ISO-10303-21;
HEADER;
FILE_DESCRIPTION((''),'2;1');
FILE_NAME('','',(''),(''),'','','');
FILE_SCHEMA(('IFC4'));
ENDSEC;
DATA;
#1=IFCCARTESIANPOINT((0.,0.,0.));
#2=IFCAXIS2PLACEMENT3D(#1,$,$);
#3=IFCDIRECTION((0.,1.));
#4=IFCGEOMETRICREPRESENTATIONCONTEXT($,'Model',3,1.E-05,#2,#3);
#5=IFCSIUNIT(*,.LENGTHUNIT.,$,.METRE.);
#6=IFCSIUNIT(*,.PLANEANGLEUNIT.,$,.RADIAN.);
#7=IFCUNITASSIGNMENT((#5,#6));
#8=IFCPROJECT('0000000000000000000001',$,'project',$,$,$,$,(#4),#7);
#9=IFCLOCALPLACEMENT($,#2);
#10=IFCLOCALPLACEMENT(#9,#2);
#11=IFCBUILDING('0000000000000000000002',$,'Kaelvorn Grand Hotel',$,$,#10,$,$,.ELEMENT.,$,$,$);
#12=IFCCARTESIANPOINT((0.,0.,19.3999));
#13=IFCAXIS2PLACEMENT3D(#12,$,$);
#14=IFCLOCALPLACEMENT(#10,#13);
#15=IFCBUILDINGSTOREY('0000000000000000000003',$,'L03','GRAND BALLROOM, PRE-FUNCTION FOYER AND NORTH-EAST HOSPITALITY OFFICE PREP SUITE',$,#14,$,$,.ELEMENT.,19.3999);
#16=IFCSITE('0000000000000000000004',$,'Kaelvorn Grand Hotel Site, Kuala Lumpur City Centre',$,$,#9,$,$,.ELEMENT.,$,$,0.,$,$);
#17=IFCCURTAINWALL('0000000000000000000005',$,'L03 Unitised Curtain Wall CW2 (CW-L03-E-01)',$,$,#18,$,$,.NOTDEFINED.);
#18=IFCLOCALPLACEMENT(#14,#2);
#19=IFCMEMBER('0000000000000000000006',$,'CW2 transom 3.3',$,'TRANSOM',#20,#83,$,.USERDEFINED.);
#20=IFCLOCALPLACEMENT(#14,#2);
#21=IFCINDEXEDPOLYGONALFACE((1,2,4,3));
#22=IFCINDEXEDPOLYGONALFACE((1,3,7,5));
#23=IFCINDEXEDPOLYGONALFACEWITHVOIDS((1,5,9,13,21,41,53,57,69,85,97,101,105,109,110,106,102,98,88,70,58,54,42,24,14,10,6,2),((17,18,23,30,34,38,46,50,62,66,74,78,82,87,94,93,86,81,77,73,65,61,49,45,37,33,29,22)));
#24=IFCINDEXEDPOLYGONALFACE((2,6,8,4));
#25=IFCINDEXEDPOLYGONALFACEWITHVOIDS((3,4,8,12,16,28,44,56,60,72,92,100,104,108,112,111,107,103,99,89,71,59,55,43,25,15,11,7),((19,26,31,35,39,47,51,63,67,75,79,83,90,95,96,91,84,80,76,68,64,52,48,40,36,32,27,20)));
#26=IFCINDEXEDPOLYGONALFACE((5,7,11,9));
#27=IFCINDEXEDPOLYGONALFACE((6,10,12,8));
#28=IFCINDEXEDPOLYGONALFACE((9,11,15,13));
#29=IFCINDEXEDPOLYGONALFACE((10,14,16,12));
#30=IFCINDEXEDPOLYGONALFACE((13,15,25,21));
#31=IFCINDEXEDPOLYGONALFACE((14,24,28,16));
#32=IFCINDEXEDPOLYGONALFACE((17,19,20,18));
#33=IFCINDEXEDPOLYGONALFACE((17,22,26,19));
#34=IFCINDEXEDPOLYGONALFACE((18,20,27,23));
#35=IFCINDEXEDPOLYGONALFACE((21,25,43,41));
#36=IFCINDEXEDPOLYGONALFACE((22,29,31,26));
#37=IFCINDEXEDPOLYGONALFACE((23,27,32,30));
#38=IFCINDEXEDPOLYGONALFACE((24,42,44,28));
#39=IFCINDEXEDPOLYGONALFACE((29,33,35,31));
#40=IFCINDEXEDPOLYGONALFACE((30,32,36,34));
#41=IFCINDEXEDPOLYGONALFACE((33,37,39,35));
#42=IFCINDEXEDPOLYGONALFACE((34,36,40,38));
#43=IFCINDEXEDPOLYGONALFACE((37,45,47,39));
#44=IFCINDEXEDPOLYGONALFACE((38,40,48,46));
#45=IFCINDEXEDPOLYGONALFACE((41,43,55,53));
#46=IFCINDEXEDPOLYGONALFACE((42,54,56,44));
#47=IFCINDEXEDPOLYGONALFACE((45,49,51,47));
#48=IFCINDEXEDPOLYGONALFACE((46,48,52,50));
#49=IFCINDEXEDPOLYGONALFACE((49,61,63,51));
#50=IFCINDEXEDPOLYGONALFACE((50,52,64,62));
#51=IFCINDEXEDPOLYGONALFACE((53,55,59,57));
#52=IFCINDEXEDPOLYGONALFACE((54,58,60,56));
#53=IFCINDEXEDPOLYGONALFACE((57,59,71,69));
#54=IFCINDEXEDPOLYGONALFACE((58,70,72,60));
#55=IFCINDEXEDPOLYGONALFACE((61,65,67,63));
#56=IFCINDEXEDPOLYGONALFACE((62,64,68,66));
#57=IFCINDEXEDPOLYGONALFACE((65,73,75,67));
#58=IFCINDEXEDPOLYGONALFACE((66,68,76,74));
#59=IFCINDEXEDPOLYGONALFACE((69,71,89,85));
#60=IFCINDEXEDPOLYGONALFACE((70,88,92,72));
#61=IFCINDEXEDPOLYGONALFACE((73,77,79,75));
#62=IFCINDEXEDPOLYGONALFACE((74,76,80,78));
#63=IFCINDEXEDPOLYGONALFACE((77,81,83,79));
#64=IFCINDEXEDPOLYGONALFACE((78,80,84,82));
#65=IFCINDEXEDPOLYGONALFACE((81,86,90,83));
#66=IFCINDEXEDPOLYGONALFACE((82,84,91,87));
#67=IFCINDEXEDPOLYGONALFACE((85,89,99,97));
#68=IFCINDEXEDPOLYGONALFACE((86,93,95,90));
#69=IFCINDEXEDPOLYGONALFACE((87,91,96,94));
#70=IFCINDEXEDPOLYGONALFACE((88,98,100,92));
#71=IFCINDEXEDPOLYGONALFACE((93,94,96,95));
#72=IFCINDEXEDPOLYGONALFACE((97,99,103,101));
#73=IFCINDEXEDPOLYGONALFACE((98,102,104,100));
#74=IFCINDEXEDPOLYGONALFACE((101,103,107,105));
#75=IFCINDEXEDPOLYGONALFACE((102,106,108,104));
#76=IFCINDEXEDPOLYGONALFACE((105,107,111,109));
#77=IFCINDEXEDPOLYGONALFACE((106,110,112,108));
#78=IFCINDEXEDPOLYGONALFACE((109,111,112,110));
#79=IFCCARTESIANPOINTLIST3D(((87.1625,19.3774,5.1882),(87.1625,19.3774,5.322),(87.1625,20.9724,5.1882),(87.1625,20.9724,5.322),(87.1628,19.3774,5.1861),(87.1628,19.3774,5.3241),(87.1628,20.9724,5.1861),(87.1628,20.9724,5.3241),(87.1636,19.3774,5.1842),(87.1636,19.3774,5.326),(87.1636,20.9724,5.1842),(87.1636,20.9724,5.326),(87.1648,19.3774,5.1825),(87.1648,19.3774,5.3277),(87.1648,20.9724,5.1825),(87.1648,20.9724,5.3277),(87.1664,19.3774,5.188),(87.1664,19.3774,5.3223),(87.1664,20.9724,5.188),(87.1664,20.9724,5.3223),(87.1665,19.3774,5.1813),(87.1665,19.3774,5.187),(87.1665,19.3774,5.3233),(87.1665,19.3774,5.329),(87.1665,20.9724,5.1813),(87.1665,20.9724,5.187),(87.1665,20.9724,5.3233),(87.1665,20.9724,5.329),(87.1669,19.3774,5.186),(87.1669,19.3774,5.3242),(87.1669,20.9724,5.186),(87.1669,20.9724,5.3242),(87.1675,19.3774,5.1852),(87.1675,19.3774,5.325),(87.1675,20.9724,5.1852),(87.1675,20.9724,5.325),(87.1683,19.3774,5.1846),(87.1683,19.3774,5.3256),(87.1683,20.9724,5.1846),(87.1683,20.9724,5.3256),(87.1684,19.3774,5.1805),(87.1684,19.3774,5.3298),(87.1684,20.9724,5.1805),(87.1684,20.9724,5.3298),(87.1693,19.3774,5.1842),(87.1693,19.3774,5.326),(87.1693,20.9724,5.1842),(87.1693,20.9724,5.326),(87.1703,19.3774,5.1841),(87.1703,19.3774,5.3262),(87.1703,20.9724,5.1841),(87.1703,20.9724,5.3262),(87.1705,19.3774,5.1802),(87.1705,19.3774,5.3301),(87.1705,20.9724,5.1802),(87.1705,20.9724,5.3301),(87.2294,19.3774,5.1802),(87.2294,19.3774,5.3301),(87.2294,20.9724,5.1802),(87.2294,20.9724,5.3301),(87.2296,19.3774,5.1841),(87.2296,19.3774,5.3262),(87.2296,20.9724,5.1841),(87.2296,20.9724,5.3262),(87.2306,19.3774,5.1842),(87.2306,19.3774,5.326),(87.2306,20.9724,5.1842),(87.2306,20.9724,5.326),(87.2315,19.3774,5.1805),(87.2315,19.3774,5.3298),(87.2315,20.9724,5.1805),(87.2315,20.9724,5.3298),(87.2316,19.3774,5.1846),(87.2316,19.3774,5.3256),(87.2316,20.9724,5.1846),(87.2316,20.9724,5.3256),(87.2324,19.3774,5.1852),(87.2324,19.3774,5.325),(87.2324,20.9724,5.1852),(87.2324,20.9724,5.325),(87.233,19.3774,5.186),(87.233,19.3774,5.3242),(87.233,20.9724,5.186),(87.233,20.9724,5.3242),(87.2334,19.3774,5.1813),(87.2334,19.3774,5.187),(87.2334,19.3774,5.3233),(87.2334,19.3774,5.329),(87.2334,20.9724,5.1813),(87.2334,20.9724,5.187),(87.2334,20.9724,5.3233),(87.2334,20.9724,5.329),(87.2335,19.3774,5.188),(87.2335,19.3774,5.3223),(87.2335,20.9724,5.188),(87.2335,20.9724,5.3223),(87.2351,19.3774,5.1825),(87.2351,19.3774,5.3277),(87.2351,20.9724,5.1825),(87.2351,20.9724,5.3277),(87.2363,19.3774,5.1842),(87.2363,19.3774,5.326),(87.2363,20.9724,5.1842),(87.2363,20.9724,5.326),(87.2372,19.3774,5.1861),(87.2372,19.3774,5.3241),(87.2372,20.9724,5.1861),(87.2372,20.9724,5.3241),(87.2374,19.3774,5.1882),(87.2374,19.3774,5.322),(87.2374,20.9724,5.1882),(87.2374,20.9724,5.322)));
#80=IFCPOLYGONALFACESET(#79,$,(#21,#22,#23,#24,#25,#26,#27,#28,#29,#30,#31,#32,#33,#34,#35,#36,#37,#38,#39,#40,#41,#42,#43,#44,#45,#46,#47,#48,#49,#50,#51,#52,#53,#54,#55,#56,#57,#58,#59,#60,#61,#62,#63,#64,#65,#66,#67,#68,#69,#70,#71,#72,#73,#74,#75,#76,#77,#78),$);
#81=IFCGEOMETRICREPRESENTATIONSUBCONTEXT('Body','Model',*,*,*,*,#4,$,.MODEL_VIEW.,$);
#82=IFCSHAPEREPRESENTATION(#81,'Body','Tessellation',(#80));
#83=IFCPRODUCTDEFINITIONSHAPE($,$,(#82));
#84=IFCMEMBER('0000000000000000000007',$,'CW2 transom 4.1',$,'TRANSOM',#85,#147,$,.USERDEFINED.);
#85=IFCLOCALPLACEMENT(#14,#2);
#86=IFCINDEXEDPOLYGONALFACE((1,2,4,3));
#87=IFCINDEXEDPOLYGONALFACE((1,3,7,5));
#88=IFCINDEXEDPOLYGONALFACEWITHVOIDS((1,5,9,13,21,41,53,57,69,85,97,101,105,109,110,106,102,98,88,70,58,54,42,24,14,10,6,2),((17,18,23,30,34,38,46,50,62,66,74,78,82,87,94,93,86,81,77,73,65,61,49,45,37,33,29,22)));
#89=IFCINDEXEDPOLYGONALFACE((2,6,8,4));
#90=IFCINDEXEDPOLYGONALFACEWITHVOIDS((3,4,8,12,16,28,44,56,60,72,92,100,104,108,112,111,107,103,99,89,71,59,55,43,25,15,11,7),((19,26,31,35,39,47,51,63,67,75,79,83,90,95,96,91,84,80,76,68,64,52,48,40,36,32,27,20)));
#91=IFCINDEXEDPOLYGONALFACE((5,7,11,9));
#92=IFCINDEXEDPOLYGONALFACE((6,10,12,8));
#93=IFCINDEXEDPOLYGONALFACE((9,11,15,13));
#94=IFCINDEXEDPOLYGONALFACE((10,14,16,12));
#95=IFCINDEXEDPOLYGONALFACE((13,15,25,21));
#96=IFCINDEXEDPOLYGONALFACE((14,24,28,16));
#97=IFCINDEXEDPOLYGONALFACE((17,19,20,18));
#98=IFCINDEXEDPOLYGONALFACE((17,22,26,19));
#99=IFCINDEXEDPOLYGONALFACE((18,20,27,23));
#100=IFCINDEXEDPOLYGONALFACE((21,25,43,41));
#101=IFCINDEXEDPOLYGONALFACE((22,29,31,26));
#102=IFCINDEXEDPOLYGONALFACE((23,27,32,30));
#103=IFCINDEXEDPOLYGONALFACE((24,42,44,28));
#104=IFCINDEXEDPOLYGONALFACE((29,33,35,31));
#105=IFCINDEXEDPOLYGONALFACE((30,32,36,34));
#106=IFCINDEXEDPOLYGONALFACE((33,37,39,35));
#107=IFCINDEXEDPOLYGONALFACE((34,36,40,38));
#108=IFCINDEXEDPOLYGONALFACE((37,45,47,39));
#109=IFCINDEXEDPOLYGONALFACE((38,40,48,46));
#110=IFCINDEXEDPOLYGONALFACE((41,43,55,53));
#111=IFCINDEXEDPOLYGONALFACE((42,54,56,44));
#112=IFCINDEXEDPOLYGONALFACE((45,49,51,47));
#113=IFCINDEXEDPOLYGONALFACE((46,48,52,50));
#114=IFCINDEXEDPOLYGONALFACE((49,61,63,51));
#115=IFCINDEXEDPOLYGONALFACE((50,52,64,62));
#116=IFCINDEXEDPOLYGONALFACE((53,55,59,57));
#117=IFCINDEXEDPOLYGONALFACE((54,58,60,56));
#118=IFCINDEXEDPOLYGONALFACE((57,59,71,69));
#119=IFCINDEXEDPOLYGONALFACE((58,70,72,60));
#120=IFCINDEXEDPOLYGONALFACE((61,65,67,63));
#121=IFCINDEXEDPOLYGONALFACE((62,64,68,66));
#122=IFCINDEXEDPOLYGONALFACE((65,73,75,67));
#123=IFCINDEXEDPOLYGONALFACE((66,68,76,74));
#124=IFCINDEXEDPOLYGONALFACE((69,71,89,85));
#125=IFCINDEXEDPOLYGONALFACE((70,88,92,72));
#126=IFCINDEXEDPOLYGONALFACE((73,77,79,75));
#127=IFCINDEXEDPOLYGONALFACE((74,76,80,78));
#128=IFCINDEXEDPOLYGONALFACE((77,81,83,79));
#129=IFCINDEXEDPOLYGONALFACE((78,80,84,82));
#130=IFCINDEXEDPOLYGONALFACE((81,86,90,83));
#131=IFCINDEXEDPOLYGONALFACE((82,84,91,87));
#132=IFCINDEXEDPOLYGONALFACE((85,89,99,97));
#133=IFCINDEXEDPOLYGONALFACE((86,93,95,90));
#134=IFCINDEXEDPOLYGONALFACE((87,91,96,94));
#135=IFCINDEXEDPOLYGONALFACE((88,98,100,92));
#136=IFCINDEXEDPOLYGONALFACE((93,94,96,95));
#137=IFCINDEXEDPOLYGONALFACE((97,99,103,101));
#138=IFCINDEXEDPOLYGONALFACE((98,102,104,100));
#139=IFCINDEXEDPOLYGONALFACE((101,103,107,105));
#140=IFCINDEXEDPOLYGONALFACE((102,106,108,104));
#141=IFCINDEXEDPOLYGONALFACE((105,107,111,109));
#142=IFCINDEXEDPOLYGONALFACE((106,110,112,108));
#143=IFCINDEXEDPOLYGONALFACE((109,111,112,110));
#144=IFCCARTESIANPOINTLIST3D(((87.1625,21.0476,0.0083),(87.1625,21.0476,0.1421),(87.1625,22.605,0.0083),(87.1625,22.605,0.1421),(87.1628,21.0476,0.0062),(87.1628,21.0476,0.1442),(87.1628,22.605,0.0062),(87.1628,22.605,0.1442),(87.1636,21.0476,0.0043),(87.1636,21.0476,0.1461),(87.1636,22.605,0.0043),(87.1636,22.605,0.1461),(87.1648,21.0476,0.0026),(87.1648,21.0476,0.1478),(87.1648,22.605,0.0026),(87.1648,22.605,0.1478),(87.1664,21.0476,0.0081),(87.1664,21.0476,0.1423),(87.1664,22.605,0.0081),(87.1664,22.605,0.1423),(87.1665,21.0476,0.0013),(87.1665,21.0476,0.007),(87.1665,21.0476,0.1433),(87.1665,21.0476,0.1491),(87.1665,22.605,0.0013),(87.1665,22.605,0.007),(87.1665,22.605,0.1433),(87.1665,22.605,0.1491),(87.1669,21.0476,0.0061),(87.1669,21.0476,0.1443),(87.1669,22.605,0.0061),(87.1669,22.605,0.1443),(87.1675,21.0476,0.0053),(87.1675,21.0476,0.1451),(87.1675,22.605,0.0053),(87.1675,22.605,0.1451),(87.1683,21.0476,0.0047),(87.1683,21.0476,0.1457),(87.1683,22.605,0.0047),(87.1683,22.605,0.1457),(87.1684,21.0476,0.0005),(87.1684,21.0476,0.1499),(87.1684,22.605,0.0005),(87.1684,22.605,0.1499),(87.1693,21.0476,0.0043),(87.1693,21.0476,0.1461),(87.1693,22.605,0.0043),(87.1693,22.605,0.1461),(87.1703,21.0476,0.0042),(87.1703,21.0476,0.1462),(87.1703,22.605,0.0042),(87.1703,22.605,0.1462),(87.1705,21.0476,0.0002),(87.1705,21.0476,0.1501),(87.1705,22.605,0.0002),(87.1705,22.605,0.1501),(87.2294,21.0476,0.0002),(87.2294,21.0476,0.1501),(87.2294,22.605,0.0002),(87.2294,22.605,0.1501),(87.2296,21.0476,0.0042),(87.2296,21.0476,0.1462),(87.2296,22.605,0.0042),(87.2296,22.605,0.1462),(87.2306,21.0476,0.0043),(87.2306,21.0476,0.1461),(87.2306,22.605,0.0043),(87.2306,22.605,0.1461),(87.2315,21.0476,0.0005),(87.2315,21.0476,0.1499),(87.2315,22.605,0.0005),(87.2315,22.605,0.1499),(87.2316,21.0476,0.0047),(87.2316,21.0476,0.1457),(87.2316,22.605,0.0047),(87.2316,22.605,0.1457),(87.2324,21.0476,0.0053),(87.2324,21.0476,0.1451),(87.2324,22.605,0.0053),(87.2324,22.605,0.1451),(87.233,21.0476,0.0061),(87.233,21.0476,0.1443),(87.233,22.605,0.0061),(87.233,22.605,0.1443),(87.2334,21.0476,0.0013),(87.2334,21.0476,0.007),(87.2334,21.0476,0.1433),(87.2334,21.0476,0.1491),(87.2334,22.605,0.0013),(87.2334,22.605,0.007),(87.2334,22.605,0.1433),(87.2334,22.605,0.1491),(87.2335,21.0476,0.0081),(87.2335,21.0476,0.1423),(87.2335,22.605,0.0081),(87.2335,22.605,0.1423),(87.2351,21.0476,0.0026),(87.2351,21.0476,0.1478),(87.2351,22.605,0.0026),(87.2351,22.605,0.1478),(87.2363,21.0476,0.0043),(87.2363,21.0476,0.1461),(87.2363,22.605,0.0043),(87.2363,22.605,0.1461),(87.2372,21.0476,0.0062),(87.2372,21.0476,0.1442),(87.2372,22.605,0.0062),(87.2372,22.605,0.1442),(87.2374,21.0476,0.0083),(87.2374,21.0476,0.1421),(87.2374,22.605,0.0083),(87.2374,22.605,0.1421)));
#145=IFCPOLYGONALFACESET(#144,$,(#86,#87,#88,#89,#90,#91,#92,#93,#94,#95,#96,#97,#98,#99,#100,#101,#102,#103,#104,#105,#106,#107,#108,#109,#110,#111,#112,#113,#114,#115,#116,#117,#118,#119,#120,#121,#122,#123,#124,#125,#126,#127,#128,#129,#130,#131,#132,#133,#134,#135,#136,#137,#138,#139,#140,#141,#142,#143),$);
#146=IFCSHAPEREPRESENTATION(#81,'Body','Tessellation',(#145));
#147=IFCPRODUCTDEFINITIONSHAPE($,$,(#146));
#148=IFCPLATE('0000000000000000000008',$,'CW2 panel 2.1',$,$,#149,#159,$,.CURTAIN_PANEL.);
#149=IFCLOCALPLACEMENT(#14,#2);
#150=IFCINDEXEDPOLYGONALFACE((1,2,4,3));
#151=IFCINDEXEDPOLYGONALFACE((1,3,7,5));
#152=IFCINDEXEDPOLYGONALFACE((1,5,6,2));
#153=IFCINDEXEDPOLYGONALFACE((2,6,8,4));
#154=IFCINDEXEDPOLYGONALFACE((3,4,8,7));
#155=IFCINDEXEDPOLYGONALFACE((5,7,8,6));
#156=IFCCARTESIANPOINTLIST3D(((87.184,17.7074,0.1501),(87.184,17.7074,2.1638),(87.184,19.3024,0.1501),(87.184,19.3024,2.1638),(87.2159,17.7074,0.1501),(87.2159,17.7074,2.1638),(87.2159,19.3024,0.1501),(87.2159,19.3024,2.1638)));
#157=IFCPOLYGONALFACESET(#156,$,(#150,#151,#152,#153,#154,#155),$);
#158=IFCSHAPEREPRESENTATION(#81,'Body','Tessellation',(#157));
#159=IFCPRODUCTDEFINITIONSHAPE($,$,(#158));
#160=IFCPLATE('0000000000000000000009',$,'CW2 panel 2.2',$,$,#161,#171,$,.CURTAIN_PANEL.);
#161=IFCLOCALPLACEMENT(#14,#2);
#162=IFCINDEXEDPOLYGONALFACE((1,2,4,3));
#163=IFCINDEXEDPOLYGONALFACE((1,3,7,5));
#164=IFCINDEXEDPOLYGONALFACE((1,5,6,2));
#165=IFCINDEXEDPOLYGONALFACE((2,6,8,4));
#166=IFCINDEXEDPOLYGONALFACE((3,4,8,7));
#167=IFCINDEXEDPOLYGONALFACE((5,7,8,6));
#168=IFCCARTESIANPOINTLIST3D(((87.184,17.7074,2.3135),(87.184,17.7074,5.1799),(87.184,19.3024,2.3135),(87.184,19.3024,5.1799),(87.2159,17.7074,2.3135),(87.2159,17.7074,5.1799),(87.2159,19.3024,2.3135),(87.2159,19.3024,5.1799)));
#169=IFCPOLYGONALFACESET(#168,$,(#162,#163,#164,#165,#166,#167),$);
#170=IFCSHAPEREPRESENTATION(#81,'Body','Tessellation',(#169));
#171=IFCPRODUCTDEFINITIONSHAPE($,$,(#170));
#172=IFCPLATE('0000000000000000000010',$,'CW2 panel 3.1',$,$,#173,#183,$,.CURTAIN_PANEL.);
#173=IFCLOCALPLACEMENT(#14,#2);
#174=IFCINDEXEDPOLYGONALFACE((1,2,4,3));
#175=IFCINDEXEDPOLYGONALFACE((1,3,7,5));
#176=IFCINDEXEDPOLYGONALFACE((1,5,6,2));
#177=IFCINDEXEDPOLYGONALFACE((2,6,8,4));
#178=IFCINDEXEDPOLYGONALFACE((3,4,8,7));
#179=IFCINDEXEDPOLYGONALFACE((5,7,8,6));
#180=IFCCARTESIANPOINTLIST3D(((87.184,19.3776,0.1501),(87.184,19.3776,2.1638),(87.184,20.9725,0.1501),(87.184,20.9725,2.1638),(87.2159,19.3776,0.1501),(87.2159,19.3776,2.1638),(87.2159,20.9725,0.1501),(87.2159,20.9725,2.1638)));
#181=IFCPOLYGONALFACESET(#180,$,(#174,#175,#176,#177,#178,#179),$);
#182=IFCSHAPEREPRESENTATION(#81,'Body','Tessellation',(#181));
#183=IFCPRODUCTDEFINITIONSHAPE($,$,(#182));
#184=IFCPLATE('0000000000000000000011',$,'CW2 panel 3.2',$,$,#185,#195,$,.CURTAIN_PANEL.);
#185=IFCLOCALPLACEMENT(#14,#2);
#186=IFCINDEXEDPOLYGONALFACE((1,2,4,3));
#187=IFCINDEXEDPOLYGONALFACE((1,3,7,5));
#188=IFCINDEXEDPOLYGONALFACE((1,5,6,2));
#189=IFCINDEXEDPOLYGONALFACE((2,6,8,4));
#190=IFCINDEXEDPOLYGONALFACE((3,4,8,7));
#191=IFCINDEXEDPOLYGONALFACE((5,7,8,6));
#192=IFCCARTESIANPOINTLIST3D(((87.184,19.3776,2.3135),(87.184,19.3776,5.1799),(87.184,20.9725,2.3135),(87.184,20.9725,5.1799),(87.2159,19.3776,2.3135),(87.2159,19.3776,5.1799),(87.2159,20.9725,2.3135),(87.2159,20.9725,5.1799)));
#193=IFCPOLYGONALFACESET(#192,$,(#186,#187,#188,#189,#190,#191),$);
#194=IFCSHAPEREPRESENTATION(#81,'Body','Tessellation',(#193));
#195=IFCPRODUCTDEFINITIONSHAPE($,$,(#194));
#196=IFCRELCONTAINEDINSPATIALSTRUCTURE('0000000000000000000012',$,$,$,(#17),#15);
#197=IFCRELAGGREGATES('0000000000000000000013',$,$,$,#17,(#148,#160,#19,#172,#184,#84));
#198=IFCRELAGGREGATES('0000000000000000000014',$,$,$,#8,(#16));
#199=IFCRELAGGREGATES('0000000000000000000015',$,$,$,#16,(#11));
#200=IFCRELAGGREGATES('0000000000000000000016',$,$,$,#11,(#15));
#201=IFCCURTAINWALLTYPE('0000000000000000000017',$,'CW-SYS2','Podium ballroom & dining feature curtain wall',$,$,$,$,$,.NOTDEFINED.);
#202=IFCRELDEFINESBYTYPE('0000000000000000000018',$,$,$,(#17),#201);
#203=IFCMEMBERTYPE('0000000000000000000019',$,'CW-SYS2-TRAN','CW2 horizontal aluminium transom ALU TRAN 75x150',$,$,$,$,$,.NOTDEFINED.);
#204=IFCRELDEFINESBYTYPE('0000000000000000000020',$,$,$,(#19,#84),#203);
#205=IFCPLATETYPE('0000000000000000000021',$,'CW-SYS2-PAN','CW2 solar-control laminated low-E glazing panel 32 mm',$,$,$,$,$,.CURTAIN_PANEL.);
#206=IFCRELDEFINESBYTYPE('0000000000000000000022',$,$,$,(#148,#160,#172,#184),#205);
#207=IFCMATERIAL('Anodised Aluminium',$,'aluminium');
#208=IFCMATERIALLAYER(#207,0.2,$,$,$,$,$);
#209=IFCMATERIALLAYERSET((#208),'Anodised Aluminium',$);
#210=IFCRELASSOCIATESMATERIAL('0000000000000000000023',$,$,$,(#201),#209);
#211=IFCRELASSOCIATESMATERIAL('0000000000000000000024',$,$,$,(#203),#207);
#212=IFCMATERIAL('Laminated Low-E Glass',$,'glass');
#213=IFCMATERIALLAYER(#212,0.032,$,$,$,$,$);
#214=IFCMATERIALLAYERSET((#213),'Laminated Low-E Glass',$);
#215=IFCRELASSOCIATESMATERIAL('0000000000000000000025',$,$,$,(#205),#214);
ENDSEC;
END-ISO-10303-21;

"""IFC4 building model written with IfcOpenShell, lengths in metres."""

from ifc_helpers import new_model, si_unit, direction, frame, origin, origin_2d, place, context, subcontext, project, spatial, rectangle, hollow_rectangle, extrude, material, layer, layer_set, material_profile, profile_set, type_object, element, aggregate, save


model = new_model("IFC4")

# Units and contexts
model_context = context("Model", 3, precision=1e-05, world=origin(), true_north=direction((0.0, 1.0)))
body_context = subcontext(model_context, "Body", "Model", "MODEL_VIEW")
ifc_project = project(units=[si_unit("LENGTHUNIT", "METRE"), si_unit("PLANEANGLEUNIT", "RADIAN")], contexts=[model_context])

# Site, building, storey
site_placement = place(None, origin())
site = spatial("IfcSite", under=ifc_project, at=site_placement, Name="Kaelvorn Grand Hotel Site, Kuala Lumpur City Centre", CompositionType="ELEMENT", RefElevation=0.0)
building_placement = place(site_placement, origin())
building = spatial("IfcBuilding", under=site, at=building_placement, Name="Kaelvorn Grand Hotel", CompositionType="ELEMENT")
storey_placement = place(building_placement, frame((0.0, 0.0, 19.3999)))
storey = spatial("IfcBuildingStorey", under=building, at=storey_placement, Name="L03", Description="GRAND BALLROOM, PRE-FUNCTION FOYER AND NORTH-EAST HOSPITALITY OFFICE PREP SUITE", CompositionType="ELEMENT", Elevation=19.3999)

# Curtain wall, members, plates
ifc_material_1 = material(Name="Anodised Aluminium", Category="aluminium")
ifc_layer_1 = layer(ifc_material_1, 0.2)
ifc_layer_set_1 = layer_set([ifc_layer_1], Name="Anodised Aluminium")
curtain_wall_type = type_object("IfcCurtainWallType", Name="CW-SYS2", Description="Podium ballroom & dining feature curtain wall", PredefinedType="NOTDEFINED", material=ifc_layer_set_1)
curtain_wall_placement = place(storey_placement, origin())
curtain_wall = element("IfcCurtainWall", 1, at=curtain_wall_placement, inside=storey, type_object=curtain_wall_type, Name="L03 Unitised Curtain Wall CW2 (CW-L03-E-01)", PredefinedType="NOTDEFINED")
ifc_material_profile_1 = material_profile(ifc_material_1, hollow_rectangle(XDim=0.075, YDim=0.1499, WallThickness=0.0039, InnerFilletRadius=0.0039, OuterFilletRadius=0.0081, at=origin_2d()), Name="ALU TRAN 75x150")
ifc_profile_set_1 = profile_set([ifc_material_profile_1], Name="Anodised Aluminium")
member_type_1 = type_object("IfcMemberType", Name="CW-SYS2-TRAN", Description="CW2 horizontal aluminium transom ALU TRAN 75x150", PredefinedType="NOTDEFINED", material=ifc_profile_set_1)
member_1_placement = place(storey_placement, frame((87.2, 19.3774, 5.2551), z_axis=(0.0, 1.0, 0.0), x_axis=(-1.0, 0.0, 0.0)))
member_1 = element("IfcMember", 2, at=member_1_placement, type_object=member_type_1, Name="CW2 transom 3.3", ObjectType="TRANSOM", PredefinedType="USERDEFINED", context=body_context, shape_type="SweptSolid", body=[
    extrude(hollow_rectangle(XDim=0.075, YDim=0.1499, WallThickness=0.0039, InnerFilletRadius=0.0039, OuterFilletRadius=0.0081, at=origin_2d()), origin(), (0.0, 0.0, 1.0), 1.595),
])
member_2_placement = place(storey_placement, frame((87.2, 21.0476, 0.0752), z_axis=(0.0, 1.0, 0.0), x_axis=(-1.0, 0.0, 0.0)))
member_2 = element("IfcMember", 3, at=member_2_placement, type_object=member_type_1, Name="CW2 transom 4.1", ObjectType="TRANSOM", PredefinedType="USERDEFINED", context=body_context, shape_type="SweptSolid", body=[
    extrude(hollow_rectangle(XDim=0.075, YDim=0.1499, WallThickness=0.0039, InnerFilletRadius=0.0039, OuterFilletRadius=0.0081, at=origin_2d()), origin(), (0.0, 0.0, 1.0), 1.5574),
])
ifc_material_2 = material(Name="Laminated Low-E Glass", Category="glass")
ifc_layer_2 = layer(ifc_material_2, 0.032)
ifc_layer_set_2 = layer_set([ifc_layer_2], Name="Laminated Low-E Glass")
plate_type = type_object("IfcPlateType", Name="CW-SYS2-PAN", Description="CW2 solar-control laminated low-E glazing panel 32 mm", PredefinedType="CURTAIN_PANEL", material=ifc_layer_set_2)
plate_1_placement = place(storey_placement, frame((87.2, 18.5049, 0.1501), z_axis=(0.0, 0.0, 1.0), x_axis=(0.0, 1.0, 0.0)))
plate_1 = element("IfcPlate", 4, at=plate_1_placement, type_object=plate_type, Name="CW2 panel 2.1", PredefinedType="CURTAIN_PANEL", context=body_context, shape_type="SweptSolid", body=[
    extrude(rectangle(XDim=1.595, YDim=0.032, at=origin_2d()), origin(), (0.0, 0.0, 1.0), 2.0137),
])
plate_2_placement = place(storey_placement, frame((87.2, 18.5049, 2.3135), z_axis=(0.0, 0.0, 1.0), x_axis=(0.0, 1.0, 0.0)))
plate_2 = element("IfcPlate", 5, at=plate_2_placement, type_object=plate_type, Name="CW2 panel 2.2", PredefinedType="CURTAIN_PANEL", context=body_context, shape_type="SweptSolid", body=[
    extrude(rectangle(XDim=1.595, YDim=0.032, at=origin_2d()), origin(), (0.0, 0.0, 1.0), 2.8665),
])
plate_3_placement = place(storey_placement, frame((87.2, 20.175, 0.1501), z_axis=(0.0, 0.0, 1.0), x_axis=(0.0, 1.0, 0.0)))
plate_3 = element("IfcPlate", 6, at=plate_3_placement, type_object=plate_type, Name="CW2 panel 3.1", PredefinedType="CURTAIN_PANEL", context=body_context, shape_type="SweptSolid", body=[
    extrude(rectangle(XDim=1.595, YDim=0.032, at=origin_2d()), origin(), (0.0, 0.0, 1.0), 2.0137),
])
plate_4_placement = place(storey_placement, frame((87.2, 20.175, 2.3135), z_axis=(0.0, 0.0, 1.0), x_axis=(0.0, 1.0, 0.0)))
plate_4 = element("IfcPlate", 7, at=plate_4_placement, type_object=plate_type, Name="CW2 panel 3.2", PredefinedType="CURTAIN_PANEL", context=body_context, shape_type="SweptSolid", body=[
    extrude(rectangle(XDim=1.595, YDim=0.032, at=origin_2d()), origin(), (0.0, 0.0, 1.0), 2.8665),
])
aggregate(curtain_wall, [plate_1, plate_2, member_1, plate_3, plate_4, member_2])

save(model, "model.ifc")
